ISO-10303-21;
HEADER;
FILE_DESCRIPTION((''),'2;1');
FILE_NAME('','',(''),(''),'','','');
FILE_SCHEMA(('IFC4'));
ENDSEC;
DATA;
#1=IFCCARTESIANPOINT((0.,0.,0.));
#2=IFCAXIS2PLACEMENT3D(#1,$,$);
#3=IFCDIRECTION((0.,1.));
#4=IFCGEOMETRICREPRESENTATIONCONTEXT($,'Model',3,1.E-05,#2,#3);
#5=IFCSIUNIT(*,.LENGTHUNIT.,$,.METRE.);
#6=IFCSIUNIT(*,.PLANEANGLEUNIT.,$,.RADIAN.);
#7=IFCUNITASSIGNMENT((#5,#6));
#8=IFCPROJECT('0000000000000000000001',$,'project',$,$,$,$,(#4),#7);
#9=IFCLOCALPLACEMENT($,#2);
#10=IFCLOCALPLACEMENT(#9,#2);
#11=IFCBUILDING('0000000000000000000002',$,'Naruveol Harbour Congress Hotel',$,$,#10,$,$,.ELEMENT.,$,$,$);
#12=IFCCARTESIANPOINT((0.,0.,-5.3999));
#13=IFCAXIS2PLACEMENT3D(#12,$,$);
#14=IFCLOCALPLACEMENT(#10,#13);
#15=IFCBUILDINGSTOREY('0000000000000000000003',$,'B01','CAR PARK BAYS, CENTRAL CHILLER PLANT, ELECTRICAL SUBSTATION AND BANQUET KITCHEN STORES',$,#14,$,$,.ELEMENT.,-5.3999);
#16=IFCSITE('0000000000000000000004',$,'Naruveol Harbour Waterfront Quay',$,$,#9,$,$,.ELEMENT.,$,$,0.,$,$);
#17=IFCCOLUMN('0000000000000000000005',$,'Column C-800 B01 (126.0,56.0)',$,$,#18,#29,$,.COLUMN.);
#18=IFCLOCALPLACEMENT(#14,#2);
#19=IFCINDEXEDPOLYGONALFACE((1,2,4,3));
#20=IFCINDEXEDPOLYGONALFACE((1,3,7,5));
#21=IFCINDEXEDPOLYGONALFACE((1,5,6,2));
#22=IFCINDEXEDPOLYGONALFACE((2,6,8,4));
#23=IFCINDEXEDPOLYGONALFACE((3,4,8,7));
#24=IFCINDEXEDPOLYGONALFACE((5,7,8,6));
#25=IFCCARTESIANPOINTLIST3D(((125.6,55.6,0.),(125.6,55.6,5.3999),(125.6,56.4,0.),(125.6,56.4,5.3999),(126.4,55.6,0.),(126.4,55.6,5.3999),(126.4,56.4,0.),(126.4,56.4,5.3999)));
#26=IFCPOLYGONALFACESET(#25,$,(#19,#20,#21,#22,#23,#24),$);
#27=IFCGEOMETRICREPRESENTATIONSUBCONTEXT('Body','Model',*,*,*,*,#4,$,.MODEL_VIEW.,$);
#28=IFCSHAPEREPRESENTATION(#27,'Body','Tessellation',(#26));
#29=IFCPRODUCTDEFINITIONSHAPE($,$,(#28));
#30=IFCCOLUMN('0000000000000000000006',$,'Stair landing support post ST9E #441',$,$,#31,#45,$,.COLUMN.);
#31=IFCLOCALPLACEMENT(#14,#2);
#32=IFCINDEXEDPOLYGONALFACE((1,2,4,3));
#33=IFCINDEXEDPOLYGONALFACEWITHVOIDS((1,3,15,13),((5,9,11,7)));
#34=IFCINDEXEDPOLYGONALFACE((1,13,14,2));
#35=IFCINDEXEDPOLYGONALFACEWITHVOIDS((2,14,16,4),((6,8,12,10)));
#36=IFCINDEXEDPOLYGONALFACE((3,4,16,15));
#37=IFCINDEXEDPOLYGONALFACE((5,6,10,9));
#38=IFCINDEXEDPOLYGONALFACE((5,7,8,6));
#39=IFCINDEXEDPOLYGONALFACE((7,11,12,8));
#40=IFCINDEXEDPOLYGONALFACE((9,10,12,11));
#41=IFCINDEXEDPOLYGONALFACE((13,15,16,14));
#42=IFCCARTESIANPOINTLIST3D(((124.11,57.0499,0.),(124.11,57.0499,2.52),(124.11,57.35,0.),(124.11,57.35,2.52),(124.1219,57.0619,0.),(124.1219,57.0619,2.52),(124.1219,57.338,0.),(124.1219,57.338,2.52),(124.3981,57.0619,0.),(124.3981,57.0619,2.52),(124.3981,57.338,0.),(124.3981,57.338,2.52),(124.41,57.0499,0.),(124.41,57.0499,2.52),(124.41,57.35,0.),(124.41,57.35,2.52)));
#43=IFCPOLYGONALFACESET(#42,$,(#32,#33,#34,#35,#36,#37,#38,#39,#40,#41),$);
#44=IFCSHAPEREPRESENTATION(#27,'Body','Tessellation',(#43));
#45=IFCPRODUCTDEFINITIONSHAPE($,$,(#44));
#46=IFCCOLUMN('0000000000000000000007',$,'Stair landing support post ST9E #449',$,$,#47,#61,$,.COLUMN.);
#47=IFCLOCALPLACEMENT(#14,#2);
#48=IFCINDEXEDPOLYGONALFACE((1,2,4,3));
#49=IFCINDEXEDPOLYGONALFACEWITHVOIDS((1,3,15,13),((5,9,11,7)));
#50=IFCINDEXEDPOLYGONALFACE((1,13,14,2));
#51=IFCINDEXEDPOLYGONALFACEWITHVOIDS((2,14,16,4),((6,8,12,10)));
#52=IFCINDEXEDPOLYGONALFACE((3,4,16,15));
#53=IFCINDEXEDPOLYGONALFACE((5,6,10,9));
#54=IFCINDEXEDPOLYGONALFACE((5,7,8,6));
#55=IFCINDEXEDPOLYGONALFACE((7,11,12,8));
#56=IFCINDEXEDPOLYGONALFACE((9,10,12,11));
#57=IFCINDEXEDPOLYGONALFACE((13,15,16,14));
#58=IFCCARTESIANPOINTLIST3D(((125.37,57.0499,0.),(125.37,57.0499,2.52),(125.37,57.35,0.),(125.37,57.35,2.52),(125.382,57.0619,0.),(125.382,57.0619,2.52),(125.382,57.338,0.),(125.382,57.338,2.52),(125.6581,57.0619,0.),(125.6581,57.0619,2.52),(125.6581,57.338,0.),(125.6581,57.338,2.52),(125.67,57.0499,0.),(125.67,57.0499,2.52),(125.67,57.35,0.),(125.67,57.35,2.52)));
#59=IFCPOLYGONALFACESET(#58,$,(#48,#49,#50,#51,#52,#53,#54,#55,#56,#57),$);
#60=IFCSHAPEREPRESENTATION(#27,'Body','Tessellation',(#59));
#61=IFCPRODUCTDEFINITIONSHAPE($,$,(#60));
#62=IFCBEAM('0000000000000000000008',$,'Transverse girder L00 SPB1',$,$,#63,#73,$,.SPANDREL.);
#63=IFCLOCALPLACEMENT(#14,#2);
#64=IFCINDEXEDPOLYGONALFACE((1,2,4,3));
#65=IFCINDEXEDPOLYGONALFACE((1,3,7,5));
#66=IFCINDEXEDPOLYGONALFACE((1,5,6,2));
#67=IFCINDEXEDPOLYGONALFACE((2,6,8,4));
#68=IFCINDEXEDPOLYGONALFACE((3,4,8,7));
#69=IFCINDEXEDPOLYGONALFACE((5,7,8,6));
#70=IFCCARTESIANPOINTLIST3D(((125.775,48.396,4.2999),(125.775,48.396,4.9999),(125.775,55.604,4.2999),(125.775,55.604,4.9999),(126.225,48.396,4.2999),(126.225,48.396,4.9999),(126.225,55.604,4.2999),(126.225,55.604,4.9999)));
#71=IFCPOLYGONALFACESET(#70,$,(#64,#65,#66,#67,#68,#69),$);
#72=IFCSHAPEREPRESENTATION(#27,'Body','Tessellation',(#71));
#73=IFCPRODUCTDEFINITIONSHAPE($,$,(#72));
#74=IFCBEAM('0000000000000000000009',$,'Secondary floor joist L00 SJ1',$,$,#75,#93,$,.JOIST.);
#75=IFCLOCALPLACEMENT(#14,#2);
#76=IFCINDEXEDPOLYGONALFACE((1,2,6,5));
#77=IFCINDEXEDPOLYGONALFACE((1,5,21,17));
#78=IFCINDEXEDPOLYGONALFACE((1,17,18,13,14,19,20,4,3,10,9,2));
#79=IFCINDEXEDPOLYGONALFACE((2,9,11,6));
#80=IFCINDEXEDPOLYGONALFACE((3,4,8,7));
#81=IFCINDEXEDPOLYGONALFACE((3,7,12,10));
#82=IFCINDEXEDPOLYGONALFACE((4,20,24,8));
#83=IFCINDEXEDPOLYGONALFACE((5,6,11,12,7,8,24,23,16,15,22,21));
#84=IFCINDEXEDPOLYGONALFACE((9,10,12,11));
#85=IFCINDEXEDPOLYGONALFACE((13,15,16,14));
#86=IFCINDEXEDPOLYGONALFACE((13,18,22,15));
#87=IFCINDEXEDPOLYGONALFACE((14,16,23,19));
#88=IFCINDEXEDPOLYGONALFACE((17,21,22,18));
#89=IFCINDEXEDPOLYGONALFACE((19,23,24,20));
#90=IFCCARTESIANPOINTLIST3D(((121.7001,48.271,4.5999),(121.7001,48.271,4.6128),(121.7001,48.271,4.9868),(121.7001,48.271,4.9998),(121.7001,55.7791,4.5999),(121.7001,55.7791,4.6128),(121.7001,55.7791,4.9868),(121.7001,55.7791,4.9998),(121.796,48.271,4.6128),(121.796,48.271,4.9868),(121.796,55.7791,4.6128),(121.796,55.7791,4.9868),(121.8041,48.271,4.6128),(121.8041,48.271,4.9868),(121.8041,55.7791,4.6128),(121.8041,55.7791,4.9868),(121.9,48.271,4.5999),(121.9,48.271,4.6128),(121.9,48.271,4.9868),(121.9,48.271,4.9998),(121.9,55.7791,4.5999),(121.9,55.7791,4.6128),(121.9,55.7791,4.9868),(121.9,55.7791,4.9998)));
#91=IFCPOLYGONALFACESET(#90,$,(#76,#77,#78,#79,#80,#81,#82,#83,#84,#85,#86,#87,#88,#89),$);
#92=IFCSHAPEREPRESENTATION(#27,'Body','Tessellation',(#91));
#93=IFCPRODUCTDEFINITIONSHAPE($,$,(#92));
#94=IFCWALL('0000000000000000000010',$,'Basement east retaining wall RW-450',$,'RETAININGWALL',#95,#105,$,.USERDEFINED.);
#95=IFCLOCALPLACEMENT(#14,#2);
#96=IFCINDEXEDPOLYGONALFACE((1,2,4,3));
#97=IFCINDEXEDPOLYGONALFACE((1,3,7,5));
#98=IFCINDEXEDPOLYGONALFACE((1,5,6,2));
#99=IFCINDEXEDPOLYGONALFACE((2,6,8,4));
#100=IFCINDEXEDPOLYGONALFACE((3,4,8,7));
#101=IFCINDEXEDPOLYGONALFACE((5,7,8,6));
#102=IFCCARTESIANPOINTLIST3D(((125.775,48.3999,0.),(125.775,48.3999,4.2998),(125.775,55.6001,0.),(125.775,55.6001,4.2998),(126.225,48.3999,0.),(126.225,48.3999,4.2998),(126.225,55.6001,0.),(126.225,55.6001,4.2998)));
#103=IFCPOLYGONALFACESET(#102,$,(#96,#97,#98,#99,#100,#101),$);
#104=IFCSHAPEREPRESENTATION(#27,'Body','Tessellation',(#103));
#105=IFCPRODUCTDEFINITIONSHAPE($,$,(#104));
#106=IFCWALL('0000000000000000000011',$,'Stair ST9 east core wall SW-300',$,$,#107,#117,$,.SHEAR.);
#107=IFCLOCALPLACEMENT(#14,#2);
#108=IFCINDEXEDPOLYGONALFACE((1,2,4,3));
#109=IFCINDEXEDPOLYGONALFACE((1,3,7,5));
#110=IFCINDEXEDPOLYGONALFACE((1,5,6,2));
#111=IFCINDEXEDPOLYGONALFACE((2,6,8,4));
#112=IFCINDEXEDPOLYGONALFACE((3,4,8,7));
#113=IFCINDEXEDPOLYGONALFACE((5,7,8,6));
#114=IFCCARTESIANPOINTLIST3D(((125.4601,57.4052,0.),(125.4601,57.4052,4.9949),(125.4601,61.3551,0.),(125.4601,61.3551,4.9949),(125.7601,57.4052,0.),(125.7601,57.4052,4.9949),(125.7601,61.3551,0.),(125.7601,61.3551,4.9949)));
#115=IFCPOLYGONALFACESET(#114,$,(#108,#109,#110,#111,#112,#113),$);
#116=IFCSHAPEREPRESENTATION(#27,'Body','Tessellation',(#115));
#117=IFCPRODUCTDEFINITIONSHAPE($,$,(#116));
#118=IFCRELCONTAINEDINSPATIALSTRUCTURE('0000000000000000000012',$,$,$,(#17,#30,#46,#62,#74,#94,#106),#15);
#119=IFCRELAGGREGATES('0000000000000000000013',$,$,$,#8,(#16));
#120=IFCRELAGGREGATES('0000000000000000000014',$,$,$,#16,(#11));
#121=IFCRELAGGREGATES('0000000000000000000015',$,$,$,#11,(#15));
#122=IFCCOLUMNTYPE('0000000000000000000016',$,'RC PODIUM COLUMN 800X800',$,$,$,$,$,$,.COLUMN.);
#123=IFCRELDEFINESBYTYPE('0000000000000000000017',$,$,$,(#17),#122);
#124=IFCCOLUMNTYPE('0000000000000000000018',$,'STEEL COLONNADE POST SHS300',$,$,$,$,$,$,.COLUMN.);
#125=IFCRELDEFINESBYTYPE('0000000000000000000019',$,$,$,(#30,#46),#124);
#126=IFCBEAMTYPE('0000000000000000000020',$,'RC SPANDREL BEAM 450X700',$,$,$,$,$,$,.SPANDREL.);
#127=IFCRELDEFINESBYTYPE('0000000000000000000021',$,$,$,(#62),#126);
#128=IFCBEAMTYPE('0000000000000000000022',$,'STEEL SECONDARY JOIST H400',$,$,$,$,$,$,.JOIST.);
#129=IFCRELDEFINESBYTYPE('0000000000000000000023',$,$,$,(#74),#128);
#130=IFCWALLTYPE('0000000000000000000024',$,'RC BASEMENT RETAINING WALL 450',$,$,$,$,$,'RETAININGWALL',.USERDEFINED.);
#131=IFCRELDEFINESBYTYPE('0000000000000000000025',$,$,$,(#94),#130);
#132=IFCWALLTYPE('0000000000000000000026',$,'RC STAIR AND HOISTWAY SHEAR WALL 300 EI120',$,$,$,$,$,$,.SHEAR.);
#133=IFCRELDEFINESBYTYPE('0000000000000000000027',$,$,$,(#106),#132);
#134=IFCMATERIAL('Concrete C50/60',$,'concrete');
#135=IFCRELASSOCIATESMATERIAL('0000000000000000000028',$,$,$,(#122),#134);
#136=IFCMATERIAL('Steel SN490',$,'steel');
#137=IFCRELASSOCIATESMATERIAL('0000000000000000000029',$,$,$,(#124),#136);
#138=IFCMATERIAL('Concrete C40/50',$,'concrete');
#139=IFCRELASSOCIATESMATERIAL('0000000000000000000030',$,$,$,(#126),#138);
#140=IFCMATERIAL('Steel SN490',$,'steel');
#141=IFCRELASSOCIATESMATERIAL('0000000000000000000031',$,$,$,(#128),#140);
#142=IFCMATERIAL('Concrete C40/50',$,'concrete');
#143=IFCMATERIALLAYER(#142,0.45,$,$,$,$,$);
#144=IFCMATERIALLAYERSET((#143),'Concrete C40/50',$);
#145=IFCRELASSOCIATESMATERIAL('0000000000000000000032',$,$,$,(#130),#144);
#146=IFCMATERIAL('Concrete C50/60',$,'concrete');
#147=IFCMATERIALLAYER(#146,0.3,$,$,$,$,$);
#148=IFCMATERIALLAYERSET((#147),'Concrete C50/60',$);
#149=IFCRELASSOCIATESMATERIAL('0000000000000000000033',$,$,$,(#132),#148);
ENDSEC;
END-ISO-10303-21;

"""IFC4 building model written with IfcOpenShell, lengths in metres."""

from ifc_helpers import new_model, si_unit, direction, frame, frame_2d, origin, origin_2d, place, context, subcontext, project, spatial, rectangle, hollow_rectangle, i_section, extrude, material, layer, layer_set, material_profile, profile_set, type_object, element, save


model = new_model("IFC4")

# Units and contexts
model_context = context("Model", 3, precision=1e-05, world=origin(), true_north=direction((0.0, 1.0)))
body_context = subcontext(model_context, "Body", "Model", "MODEL_VIEW")
ifc_project = project(units=[si_unit("LENGTHUNIT", "METRE"), si_unit("PLANEANGLEUNIT", "RADIAN")], contexts=[model_context])

# Site, building, storey
site_placement = place(None, origin())
site = spatial("IfcSite", under=ifc_project, at=site_placement, Name="Naruveol Harbour Waterfront Quay", CompositionType="ELEMENT", RefElevation=0.0)
building_placement = place(site_placement, origin())
building = spatial("IfcBuilding", under=site, at=building_placement, Name="Naruveol Harbour Congress Hotel", CompositionType="ELEMENT")
storey_placement = place(building_placement, frame((0.0, 0.0, -5.3999)))
storey = spatial("IfcBuildingStorey", under=building, at=storey_placement, Name="B01", Description="CAR PARK BAYS, CENTRAL CHILLER PLANT, ELECTRICAL SUBSTATION AND BANQUET KITCHEN STORES", CompositionType="ELEMENT", Elevation=-5.3999)

# Columns
ifc_material_1 = material(Name="Concrete C50/60", Category="concrete")
ifc_material_profile_1 = material_profile(ifc_material_1, rectangle(XDim=0.8, YDim=0.8, at=origin_2d()), Name="RC-800x800")
ifc_profile_set_1 = profile_set([ifc_material_profile_1], Name="Concrete C50/60")
column_type_1 = type_object("IfcColumnType", Name="RC PODIUM COLUMN 800X800", PredefinedType="COLUMN", material=ifc_profile_set_1)
for number, where, z_axis, x_axis, name in (
    (1, (126.0, 56.0, 0.0), (0.0, 0.0, 1.0), (1.0, 0.0, 0.0), "Column C-800 B01 (126.0,56.0)"),
):
    element("IfcColumn", number, at=place(storey_placement, frame(where, z_axis=z_axis, x_axis=x_axis)), inside=storey, type_object=column_type_1, Name=name, PredefinedType="COLUMN", context=body_context, shape_type="SweptSolid", body=[
        extrude(rectangle(XDim=0.8, YDim=0.8, at=origin_2d()), origin(), (0.0, 0.0, 1.0), 5.3999),
    ])
ifc_material_2 = material(Name="Steel SN490", Category="steel")
ifc_material_profile_2 = material_profile(ifc_material_2, hollow_rectangle(XDim=0.3, YDim=0.3, WallThickness=0.012, at=origin_2d()), Name="SHS-300x300x12")
ifc_profile_set_2 = profile_set([ifc_material_profile_2], Name="Steel SN490")
column_type_2 = type_object("IfcColumnType", Name="STEEL COLONNADE POST SHS300", PredefinedType="COLUMN", material=ifc_profile_set_2)
for number, where, z_axis, x_axis, name in (
    (2, (124.26, 57.2, 0.0), (0.0, 0.0, 1.0), (1.0, 0.0, 0.0), "Stair landing support post ST9E #441"),
    (3, (125.52, 57.2, 0.0), (0.0, 0.0, 1.0), (1.0, 0.0, 0.0), "Stair landing support post ST9E #449"),
):
    element("IfcColumn", number, at=place(storey_placement, frame(where, z_axis=z_axis, x_axis=x_axis)), inside=storey, type_object=column_type_2, Name=name, PredefinedType="COLUMN", context=body_context, shape_type="SweptSolid", body=[
        extrude(hollow_rectangle(XDim=0.3, YDim=0.3, WallThickness=0.012, at=origin_2d()), origin(), (0.0, 0.0, 1.0), 2.52),
    ])

# Beams
ifc_material_3 = material(Name="Concrete C40/50", Category="concrete")
ifc_material_profile_3 = material_profile(ifc_material_3, rectangle(XDim=0.45, YDim=0.7, at=origin_2d()), Name="RCB-450x700")
ifc_profile_set_3 = profile_set([ifc_material_profile_3], Name="Concrete C40/50")
beam_type_1 = type_object("IfcBeamType", Name="RC SPANDREL BEAM 450X700", PredefinedType="SPANDREL", material=ifc_profile_set_3)
beam_1_placement = place(storey_placement, frame((126.0, 48.396, 4.6499), z_axis=(0.0, 1.0, 0.0), x_axis=(-1.0, 0.0, 0.0)))
element("IfcBeam", 4, at=beam_1_placement, inside=storey, type_object=beam_type_1, Name="Transverse girder L00 SPB1", PredefinedType="SPANDREL", context=body_context, shape_type="SweptSolid", body=[
    extrude(rectangle(XDim=0.45, YDim=0.7, at=origin_2d()), origin(), (0.0, 0.0, 1.0), 7.208),
])
ifc_material_4 = material(Name="Steel SN490", Category="steel")
ifc_material_profile_4 = material_profile(ifc_material_4, i_section(OverallWidth=0.2, OverallDepth=0.3999, WebThickness=0.0081, FlangeThickness=0.0129, at=origin_2d()), Name="H-400x200x8x13")
ifc_profile_set_4 = profile_set([ifc_material_profile_4], Name="Steel SN490")
beam_type_2 = type_object("IfcBeamType", Name="STEEL SECONDARY JOIST H400", PredefinedType="JOIST", material=ifc_profile_set_4)
beam_2_placement = place(storey_placement, frame((121.8, 48.271, 4.7998), z_axis=(0.0, 1.0, 0.0), x_axis=(-1.0, 0.0, 0.0)))
element("IfcBeam", 5, at=beam_2_placement, inside=storey, type_object=beam_type_2, Name="Secondary floor joist L00 SJ1", PredefinedType="JOIST", context=body_context, shape_type="SweptSolid", body=[
    extrude(i_section(OverallWidth=0.2, OverallDepth=0.3999, WebThickness=0.0081, FlangeThickness=0.0129, at=origin_2d()), origin(), (0.0, 0.0, 1.0), 7.5081),
])

# Walls
ifc_material_5 = material(Name="Concrete C40/50", Category="concrete")
ifc_layer_1 = layer(ifc_material_5, 0.45)
ifc_layer_set_1 = layer_set([ifc_layer_1], Name="Concrete C40/50")
wall_type_1 = type_object("IfcWallType", Name="RC BASEMENT RETAINING WALL 450", ElementType="RETAININGWALL", PredefinedType="USERDEFINED", material=ifc_layer_set_1)
wall_1_placement = place(storey_placement, frame((126.0, 55.6001, 0.0), z_axis=(0.0, 0.0, 1.0), x_axis=(0.0, -1.0, 0.0)))
element("IfcWall", 6, at=wall_1_placement, inside=storey, type_object=wall_type_1, Name="Basement east retaining wall RW-450", ObjectType="RETAININGWALL", PredefinedType="USERDEFINED", context=body_context, shape_type="SweptSolid", body=[
    extrude(rectangle(XDim=7.2002, YDim=0.45, at=frame_2d((3.6001, 0.0))), origin(), (0.0, 0.0, 1.0), 4.2998),
])
ifc_material_6 = material(Name="Concrete C50/60", Category="concrete")
ifc_layer_2 = layer(ifc_material_6, 0.3)
ifc_layer_set_2 = layer_set([ifc_layer_2], Name="Concrete C50/60")
wall_type_2 = type_object("IfcWallType", Name="RC STAIR AND HOISTWAY SHEAR WALL 300 EI120", PredefinedType="SHEAR", material=ifc_layer_set_2)
wall_2_placement = place(storey_placement, frame((125.6101, 57.405, 0.0), z_axis=(0.0, 0.0, 1.0), x_axis=(0.0, 1.0, 0.0)))
element("IfcWall", 7, at=wall_2_placement, inside=storey, type_object=wall_type_2, Name="Stair ST9 east core wall SW-300", PredefinedType="SHEAR", context=body_context, shape_type="SweptSolid", body=[
    extrude(rectangle(XDim=3.95, YDim=0.3, at=frame_2d((1.9751, 0.0))), origin(), (0.0, 0.0, 1.0), 4.9949),
])

save(model, "model.ifc")
